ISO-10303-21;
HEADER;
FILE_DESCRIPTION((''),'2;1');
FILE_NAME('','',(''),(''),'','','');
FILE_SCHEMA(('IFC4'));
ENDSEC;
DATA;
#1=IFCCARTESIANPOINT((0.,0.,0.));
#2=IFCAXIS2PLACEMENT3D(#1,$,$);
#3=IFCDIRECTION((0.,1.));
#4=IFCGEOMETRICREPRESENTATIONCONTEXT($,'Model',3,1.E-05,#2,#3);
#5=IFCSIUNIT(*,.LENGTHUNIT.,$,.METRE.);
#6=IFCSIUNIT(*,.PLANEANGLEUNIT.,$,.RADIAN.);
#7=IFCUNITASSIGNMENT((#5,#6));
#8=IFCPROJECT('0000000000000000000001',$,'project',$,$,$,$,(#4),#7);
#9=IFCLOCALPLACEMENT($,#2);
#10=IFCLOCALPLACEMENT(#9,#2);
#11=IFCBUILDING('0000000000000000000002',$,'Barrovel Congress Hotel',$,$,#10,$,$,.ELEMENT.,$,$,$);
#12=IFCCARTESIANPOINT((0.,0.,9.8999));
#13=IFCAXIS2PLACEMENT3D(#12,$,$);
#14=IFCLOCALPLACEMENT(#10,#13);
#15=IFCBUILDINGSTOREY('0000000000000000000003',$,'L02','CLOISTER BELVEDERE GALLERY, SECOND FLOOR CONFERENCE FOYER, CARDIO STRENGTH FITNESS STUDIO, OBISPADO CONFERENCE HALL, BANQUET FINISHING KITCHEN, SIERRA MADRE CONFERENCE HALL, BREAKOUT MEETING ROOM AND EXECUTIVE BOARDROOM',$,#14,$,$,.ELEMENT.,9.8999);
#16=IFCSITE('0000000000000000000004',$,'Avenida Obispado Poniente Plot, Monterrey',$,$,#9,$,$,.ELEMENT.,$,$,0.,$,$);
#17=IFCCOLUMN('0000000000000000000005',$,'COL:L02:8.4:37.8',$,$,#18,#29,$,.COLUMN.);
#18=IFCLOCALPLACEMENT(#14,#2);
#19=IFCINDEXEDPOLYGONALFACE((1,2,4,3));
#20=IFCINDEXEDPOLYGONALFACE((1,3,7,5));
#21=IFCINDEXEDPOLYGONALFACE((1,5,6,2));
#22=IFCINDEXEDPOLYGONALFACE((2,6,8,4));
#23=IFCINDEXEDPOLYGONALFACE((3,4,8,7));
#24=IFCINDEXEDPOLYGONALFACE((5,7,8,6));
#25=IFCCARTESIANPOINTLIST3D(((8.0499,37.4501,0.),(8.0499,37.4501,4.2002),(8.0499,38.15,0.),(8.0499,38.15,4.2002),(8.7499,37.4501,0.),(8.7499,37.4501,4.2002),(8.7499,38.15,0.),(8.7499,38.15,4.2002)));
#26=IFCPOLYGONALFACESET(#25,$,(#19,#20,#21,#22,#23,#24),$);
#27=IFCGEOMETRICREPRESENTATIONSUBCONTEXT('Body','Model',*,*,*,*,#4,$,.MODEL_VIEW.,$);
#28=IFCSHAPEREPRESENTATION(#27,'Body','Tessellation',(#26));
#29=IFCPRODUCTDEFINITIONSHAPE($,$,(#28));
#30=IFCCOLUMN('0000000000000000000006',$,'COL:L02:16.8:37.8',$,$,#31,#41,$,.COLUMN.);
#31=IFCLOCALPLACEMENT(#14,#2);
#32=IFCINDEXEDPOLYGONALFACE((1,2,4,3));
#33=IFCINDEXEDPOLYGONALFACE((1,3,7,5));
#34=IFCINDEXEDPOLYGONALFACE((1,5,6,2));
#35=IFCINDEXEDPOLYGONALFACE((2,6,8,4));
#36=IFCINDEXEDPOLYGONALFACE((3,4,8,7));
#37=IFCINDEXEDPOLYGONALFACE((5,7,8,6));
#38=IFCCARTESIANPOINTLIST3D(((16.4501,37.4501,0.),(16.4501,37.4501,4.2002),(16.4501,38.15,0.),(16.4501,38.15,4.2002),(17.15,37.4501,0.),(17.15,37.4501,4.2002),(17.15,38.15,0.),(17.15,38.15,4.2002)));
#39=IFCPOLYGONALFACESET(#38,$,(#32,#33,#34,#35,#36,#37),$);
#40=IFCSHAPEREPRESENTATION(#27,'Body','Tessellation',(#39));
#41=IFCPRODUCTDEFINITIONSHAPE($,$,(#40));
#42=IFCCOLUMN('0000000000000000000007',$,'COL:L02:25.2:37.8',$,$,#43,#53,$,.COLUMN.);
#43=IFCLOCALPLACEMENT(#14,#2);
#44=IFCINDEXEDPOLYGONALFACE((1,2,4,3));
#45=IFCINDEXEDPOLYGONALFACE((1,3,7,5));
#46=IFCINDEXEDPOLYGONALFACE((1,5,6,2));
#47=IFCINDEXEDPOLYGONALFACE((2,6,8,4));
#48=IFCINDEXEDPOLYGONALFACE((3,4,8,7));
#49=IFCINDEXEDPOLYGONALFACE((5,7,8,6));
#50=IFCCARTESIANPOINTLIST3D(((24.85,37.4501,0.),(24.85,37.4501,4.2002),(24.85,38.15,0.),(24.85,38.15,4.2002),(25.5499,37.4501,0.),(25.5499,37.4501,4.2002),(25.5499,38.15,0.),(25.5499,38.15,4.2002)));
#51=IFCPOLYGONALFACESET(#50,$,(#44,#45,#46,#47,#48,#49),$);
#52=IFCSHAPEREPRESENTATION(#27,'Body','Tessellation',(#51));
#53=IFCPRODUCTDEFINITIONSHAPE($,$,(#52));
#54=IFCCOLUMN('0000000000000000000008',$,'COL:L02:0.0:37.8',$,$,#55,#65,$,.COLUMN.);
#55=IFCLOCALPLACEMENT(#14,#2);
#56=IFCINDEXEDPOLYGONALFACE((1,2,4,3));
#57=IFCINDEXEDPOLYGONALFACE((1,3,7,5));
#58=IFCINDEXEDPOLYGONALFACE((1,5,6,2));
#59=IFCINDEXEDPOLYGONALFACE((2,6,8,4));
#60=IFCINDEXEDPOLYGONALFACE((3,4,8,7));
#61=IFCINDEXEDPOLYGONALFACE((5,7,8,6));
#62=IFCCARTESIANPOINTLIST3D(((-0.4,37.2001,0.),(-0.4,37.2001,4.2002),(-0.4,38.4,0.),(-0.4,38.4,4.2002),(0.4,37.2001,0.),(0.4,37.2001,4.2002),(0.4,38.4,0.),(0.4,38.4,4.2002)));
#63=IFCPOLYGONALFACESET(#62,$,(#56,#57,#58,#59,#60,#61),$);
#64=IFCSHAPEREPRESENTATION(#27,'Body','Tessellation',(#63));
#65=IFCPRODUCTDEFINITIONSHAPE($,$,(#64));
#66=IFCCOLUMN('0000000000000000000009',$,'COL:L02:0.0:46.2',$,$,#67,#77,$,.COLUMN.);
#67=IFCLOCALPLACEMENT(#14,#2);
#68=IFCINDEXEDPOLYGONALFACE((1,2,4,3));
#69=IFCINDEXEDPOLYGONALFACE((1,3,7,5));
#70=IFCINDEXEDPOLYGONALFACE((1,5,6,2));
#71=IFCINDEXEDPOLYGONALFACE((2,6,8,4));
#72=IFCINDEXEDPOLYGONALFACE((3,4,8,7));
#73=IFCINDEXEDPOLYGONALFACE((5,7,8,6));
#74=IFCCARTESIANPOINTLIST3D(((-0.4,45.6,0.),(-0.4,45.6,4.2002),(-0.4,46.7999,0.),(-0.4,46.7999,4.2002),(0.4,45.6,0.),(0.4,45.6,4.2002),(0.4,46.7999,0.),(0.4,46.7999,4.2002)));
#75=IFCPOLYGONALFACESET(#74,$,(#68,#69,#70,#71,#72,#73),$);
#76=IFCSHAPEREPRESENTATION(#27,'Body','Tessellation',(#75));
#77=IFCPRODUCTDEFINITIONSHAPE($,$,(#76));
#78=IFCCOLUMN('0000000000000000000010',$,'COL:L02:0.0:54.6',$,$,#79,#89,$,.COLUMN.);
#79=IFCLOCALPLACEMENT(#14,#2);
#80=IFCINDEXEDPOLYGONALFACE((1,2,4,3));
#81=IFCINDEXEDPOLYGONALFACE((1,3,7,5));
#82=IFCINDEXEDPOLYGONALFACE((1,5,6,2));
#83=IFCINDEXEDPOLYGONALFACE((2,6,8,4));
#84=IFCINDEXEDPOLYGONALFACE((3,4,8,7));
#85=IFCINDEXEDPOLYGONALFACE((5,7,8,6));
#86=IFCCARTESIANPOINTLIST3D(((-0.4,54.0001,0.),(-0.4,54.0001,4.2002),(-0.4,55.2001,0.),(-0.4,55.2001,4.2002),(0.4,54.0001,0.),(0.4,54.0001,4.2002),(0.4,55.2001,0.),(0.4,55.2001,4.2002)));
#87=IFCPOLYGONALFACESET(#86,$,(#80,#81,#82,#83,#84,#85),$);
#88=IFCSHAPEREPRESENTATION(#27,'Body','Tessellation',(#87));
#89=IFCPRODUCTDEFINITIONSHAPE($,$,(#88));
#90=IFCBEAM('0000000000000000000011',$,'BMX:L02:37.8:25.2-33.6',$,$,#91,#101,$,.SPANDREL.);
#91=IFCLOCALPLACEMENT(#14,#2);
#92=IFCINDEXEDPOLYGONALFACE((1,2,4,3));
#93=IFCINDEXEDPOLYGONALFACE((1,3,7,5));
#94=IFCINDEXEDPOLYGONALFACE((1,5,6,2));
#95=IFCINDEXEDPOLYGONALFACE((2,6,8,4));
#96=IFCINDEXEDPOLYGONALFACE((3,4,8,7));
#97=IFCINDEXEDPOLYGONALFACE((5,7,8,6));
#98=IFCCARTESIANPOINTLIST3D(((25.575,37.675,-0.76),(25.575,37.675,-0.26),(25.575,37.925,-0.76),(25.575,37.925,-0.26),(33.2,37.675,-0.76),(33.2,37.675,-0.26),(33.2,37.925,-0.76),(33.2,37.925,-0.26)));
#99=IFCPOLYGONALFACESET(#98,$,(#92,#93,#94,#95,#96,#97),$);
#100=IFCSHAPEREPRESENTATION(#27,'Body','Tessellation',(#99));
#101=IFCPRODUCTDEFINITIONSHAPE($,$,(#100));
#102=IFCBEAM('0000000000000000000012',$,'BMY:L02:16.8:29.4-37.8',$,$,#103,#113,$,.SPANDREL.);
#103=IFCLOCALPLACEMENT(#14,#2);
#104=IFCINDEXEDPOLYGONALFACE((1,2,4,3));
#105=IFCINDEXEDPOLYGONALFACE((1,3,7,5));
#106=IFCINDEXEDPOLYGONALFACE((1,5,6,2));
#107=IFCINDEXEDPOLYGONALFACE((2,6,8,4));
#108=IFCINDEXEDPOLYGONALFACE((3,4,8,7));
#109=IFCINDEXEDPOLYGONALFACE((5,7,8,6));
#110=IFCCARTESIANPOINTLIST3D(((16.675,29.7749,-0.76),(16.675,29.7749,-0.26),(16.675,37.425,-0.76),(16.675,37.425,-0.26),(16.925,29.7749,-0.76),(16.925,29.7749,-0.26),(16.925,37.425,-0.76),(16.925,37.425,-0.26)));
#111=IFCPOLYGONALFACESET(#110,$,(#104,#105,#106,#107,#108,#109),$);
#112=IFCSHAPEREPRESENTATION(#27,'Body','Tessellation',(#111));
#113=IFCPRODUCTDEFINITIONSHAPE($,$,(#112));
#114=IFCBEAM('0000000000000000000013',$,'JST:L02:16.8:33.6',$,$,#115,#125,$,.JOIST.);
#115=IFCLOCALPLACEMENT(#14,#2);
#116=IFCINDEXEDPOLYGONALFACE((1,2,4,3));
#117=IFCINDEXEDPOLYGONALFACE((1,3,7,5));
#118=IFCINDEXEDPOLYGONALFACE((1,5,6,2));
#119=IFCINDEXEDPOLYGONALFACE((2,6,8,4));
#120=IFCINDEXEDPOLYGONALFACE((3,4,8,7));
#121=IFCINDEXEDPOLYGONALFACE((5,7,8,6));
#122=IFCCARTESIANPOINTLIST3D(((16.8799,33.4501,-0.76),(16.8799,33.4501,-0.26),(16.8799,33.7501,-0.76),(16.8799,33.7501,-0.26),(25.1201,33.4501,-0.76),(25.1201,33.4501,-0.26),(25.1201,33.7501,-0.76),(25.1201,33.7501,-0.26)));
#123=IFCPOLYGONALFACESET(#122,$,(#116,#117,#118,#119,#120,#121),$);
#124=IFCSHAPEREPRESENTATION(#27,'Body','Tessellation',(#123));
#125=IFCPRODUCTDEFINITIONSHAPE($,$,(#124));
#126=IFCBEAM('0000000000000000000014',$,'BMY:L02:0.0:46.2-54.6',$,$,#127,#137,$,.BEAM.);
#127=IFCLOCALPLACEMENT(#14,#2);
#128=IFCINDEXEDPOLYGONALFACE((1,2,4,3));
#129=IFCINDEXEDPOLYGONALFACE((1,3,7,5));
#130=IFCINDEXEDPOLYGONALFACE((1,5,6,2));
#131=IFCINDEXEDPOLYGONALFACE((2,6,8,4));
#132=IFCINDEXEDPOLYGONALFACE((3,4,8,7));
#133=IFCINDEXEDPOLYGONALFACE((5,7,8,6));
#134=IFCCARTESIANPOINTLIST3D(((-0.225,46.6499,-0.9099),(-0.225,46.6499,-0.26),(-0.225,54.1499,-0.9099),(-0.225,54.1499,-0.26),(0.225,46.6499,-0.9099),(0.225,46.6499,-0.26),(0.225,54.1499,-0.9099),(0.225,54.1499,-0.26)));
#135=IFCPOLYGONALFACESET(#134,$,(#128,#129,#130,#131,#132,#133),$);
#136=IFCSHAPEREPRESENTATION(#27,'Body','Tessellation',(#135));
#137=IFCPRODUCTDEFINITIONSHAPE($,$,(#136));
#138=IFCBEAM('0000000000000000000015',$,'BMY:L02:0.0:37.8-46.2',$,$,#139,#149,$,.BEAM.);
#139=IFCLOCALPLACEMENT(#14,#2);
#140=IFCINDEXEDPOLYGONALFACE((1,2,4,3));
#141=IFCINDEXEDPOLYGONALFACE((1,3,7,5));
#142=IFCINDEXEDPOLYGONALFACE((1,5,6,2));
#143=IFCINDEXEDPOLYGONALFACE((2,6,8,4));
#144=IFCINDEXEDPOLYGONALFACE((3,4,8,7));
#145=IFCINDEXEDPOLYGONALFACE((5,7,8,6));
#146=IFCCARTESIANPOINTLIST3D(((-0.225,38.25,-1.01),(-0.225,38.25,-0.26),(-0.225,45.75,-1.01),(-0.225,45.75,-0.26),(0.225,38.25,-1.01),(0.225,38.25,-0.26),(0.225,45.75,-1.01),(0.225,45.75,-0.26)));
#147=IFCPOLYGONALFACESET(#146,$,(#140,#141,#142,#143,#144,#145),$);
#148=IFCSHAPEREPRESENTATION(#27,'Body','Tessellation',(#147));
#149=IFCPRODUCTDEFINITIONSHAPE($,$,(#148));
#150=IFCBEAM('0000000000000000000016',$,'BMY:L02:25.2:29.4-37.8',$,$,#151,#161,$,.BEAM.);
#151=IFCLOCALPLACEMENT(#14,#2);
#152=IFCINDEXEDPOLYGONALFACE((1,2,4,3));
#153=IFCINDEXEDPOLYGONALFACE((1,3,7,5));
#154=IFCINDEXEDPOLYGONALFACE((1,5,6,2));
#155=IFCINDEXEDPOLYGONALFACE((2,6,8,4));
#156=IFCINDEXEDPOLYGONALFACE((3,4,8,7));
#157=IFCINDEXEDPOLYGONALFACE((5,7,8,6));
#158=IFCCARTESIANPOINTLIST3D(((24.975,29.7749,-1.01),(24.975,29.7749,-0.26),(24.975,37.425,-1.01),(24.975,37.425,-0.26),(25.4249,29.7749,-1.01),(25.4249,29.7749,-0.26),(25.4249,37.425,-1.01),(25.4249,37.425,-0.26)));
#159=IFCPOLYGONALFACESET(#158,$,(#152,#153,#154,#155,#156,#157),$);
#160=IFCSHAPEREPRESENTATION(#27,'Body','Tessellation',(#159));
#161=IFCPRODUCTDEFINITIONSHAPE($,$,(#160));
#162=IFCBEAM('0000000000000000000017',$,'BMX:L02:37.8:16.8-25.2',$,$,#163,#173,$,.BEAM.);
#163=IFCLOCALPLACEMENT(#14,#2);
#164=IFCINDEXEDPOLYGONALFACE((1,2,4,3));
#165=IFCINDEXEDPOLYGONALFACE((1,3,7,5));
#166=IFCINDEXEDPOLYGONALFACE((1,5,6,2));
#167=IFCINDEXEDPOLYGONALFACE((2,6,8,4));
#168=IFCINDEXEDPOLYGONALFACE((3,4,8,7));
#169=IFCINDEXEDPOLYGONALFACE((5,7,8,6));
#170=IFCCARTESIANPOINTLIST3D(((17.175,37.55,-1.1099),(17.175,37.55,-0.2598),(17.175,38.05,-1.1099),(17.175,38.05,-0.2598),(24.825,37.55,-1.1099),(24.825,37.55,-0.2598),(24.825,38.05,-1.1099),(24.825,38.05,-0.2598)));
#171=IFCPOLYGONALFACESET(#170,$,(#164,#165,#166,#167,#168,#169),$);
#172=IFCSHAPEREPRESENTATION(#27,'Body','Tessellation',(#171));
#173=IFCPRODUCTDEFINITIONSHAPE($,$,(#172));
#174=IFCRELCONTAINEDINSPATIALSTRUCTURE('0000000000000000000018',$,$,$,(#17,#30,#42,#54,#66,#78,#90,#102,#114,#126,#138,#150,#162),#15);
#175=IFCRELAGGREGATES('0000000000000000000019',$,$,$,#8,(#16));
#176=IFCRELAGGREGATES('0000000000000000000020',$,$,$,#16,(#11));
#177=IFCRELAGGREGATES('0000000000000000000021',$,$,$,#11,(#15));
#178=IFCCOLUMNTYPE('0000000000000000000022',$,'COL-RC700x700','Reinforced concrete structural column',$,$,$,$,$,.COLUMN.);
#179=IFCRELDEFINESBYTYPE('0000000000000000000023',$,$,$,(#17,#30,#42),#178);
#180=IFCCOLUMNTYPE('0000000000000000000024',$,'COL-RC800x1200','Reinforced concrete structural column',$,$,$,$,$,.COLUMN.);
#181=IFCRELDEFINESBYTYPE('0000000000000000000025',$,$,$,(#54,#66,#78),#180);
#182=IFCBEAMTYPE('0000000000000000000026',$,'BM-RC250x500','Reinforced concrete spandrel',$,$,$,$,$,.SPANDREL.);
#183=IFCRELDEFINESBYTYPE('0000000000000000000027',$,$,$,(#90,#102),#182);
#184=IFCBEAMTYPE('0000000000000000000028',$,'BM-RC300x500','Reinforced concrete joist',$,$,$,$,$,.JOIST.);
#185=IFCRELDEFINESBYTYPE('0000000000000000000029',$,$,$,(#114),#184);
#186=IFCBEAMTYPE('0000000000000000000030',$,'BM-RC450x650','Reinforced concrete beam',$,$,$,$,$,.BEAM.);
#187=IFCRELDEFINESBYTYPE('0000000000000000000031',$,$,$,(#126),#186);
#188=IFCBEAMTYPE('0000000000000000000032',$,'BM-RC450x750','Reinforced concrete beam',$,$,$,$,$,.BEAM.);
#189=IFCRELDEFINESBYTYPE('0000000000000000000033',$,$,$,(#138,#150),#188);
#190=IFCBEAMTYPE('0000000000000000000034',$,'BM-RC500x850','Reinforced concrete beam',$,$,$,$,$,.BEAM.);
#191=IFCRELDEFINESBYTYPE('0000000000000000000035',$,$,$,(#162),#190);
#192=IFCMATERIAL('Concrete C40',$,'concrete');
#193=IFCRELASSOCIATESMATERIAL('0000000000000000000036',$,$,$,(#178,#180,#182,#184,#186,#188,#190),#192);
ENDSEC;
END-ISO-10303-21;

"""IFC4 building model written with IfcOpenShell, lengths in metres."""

from ifc_helpers import new_model, si_unit, direction, frame, origin, origin_2d, place, context, subcontext, project, spatial, rectangle, extrude, material, material_profile, profile_set, type_object, element, save


model = new_model("IFC4")

# Units and contexts
model_context = context("Model", 3, precision=1e-05, world=origin(), true_north=direction((0.0, 1.0)))
body_context = subcontext(model_context, "Body", "Model", "MODEL_VIEW")
ifc_project = project(units=[si_unit("LENGTHUNIT", "METRE"), si_unit("PLANEANGLEUNIT", "RADIAN")], contexts=[model_context])

# Site, building, storey
site_placement = place(None, origin())
site = spatial("IfcSite", under=ifc_project, at=site_placement, Name="Avenida Obispado Poniente Plot, Monterrey", CompositionType="ELEMENT", RefElevation=0.0)
building_placement = place(site_placement, origin())
building = spatial("IfcBuilding", under=site, at=building_placement, Name="Barrovel Congress Hotel", CompositionType="ELEMENT")
storey_placement = place(building_placement, frame((0.0, 0.0, 9.8999)))
storey = spatial("IfcBuildingStorey", under=building, at=storey_placement, Name="L02", Description="CLOISTER BELVEDERE GALLERY, SECOND FLOOR CONFERENCE FOYER, CARDIO STRENGTH FITNESS STUDIO, OBISPADO CONFERENCE HALL, BANQUET FINISHING KITCHEN, SIERRA MADRE CONFERENCE HALL, BREAKOUT MEETING ROOM AND EXECUTIVE BOARDROOM", CompositionType="ELEMENT", Elevation=9.8999)

# Columns
ifc_material_1 = material(Name="Concrete C40", Category="concrete")
ifc_material_profile_1 = material_profile(ifc_material_1, rectangle(XDim=0.7, YDim=0.7, at=origin_2d()), Name="RC700x700")
ifc_profile_set_1 = profile_set([ifc_material_profile_1], Name="Concrete C40")
column_type_1 = type_object("IfcColumnType", Name="COL-RC700x700", Description="Reinforced concrete structural column", PredefinedType="COLUMN", material=ifc_profile_set_1)
for number, where, z_axis, x_axis, name in (
    (1, (8.3999, 37.8, 0.0), (0.0, 0.0, 1.0), (1.0, 0.0, 0.0), "COL:L02:8.4:37.8"),
    (2, (16.8, 37.8, 0.0), (0.0, 0.0, 1.0), (1.0, 0.0, 0.0), "COL:L02:16.8:37.8"),
    (3, (25.2, 37.8, 0.0), (0.0, 0.0, 1.0), (1.0, 0.0, 0.0), "COL:L02:25.2:37.8"),
):
    element("IfcColumn", number, at=place(storey_placement, frame(where, z_axis=z_axis, x_axis=x_axis)), inside=storey, type_object=column_type_1, Name=name, PredefinedType="COLUMN", context=body_context, shape_type="SweptSolid", body=[
        extrude(rectangle(XDim=0.7, YDim=0.7, at=origin_2d()), origin(), (0.0, 0.0, 1.0), 4.2002),
    ])
ifc_material_profile_2 = material_profile(ifc_material_1, rectangle(XDim=0.8, YDim=1.2, at=origin_2d()), Name="RC800x1200")
ifc_profile_set_2 = profile_set([ifc_material_profile_2], Name="Concrete C40")
column_type_2 = type_object("IfcColumnType", Name="COL-RC800x1200", Description="Reinforced concrete structural column", PredefinedType="COLUMN", material=ifc_profile_set_2)
for number, where, z_axis, x_axis, name in (
    (4, (0.0, 37.8, 0.0), (0.0, 0.0, 1.0), (1.0, 0.0, 0.0), "COL:L02:0.0:37.8"),
    (5, (0.0, 46.2, 0.0), (0.0, 0.0, 1.0), (1.0, 0.0, 0.0), "COL:L02:0.0:46.2"),
    (6, (0.0, 54.6001, 0.0), (0.0, 0.0, 1.0), (1.0, 0.0, 0.0), "COL:L02:0.0:54.6"),
):
    element("IfcColumn", number, at=place(storey_placement, frame(where, z_axis=z_axis, x_axis=x_axis)), inside=storey, type_object=column_type_2, Name=name, PredefinedType="COLUMN", context=body_context, shape_type="SweptSolid", body=[
        extrude(rectangle(XDim=0.8, YDim=1.2, at=origin_2d()), origin(), (0.0, 0.0, 1.0), 4.2002),
    ])

# Beams
ifc_material_profile_3 = material_profile(ifc_material_1, rectangle(XDim=0.25, YDim=0.5, at=origin_2d()), Name="RC250x500")
ifc_profile_set_3 = profile_set([ifc_material_profile_3], Name="Concrete C40")
beam_type_1 = type_object("IfcBeamType", Name="BM-RC250x500", Description="Reinforced concrete spandrel", PredefinedType="SPANDREL", material=ifc_profile_set_3)
beam_1_placement = place(storey_placement, frame((25.575, 37.8, -0.51), z_axis=(1.0, 0.0, 0.0), x_axis=(0.0, 1.0, 0.0)))
element("IfcBeam", 7, at=beam_1_placement, inside=storey, type_object=beam_type_1, Name="BMX:L02:37.8:25.2-33.6", PredefinedType="SPANDREL", context=body_context, shape_type="SweptSolid", body=[
    extrude(rectangle(XDim=0.25, YDim=0.5, at=origin_2d()), origin(), (0.0, 0.0, 1.0), 7.625),
])
beam_2_placement = place(storey_placement, frame((16.8, 29.7749, -0.51), z_axis=(0.0, 1.0, 0.0), x_axis=(-1.0, 0.0, 0.0)))
element("IfcBeam", 8, at=beam_2_placement, inside=storey, type_object=beam_type_1, Name="BMY:L02:16.8:29.4-37.8", PredefinedType="SPANDREL", context=body_context, shape_type="SweptSolid", body=[
    extrude(rectangle(XDim=0.25, YDim=0.5, at=origin_2d()), origin(), (0.0, 0.0, 1.0), 7.6501),
])
ifc_material_profile_4 = material_profile(ifc_material_1, rectangle(XDim=0.3, YDim=0.5, at=origin_2d()), Name="RC300x500")
ifc_profile_set_4 = profile_set([ifc_material_profile_4], Name="Concrete C40")
beam_type_2 = type_object("IfcBeamType", Name="BM-RC300x500", Description="Reinforced concrete joist", PredefinedType="JOIST", material=ifc_profile_set_4)
beam_3_placement = place(storey_placement, frame((16.8799, 33.6001, -0.51), z_axis=(1.0, 0.0, 0.0), x_axis=(0.0, 1.0, 0.0)))
element("IfcBeam", 9, at=beam_3_placement, inside=storey, type_object=beam_type_2, Name="JST:L02:16.8:33.6", PredefinedType="JOIST", context=body_context, shape_type="SweptSolid", body=[
    extrude(rectangle(XDim=0.3, YDim=0.5, at=origin_2d()), origin(), (0.0, 0.0, 1.0), 8.2402),
])
ifc_material_profile_5 = material_profile(ifc_material_1, rectangle(XDim=0.45, YDim=0.6499, at=origin_2d()), Name="RC450x650")
ifc_profile_set_5 = profile_set([ifc_material_profile_5], Name="Concrete C40")
beam_type_3 = type_object("IfcBeamType", Name="BM-RC450x650", Description="Reinforced concrete beam", PredefinedType="BEAM", material=ifc_profile_set_5)
beam_4_placement = place(storey_placement, frame((0.0, 46.6499, -0.585), z_axis=(0.0, 1.0, 0.0), x_axis=(-1.0, 0.0, 0.0)))
element("IfcBeam", 10, at=beam_4_placement, inside=storey, type_object=beam_type_3, Name="BMY:L02:0.0:46.2-54.6", PredefinedType="BEAM", context=body_context, shape_type="SweptSolid", body=[
    extrude(rectangle(XDim=0.45, YDim=0.6499, at=origin_2d()), origin(), (0.0, 0.0, 1.0), 7.5),
])
ifc_material_profile_6 = material_profile(ifc_material_1, rectangle(XDim=0.45, YDim=0.75, at=origin_2d()), Name="RC450x750")
ifc_profile_set_6 = profile_set([ifc_material_profile_6], Name="Concrete C40")
beam_type_4 = type_object("IfcBeamType", Name="BM-RC450x750", Description="Reinforced concrete beam", PredefinedType="BEAM", material=ifc_profile_set_6)
beam_5_placement = place(storey_placement, frame((0.0, 38.25, -0.635), z_axis=(0.0, 1.0, 0.0), x_axis=(-1.0, 0.0, 0.0)))
element("IfcBeam", 11, at=beam_5_placement, inside=storey, type_object=beam_type_4, Name="BMY:L02:0.0:37.8-46.2", PredefinedType="BEAM", context=body_context, shape_type="SweptSolid", body=[
    extrude(rectangle(XDim=0.45, YDim=0.75, at=origin_2d()), origin(), (0.0, 0.0, 1.0), 7.5),
])
beam_6_placement = place(storey_placement, frame((25.2, 29.7749, -0.635), z_axis=(0.0, 1.0, 0.0), x_axis=(-1.0, 0.0, 0.0)))
element("IfcBeam", 12, at=beam_6_placement, inside=storey, type_object=beam_type_4, Name="BMY:L02:25.2:29.4-37.8", PredefinedType="BEAM", context=body_context, shape_type="SweptSolid", body=[
    extrude(rectangle(XDim=0.45, YDim=0.75, at=origin_2d()), origin(), (0.0, 0.0, 1.0), 7.6501),
])
ifc_material_profile_7 = material_profile(ifc_material_1, rectangle(XDim=0.5, YDim=0.8501, at=origin_2d()), Name="RC500x850")
ifc_profile_set_7 = profile_set([ifc_material_profile_7], Name="Concrete C40")
beam_type_5 = type_object("IfcBeamType", Name="BM-RC500x850", Description="Reinforced concrete beam", PredefinedType="BEAM", material=ifc_profile_set_7)
beam_7_placement = place(storey_placement, frame((17.175, 37.8, -0.6848), z_axis=(1.0, 0.0, 0.0), x_axis=(0.0, 1.0, 0.0)))
element("IfcBeam", 13, at=beam_7_placement, inside=storey, type_object=beam_type_5, Name="BMX:L02:37.8:16.8-25.2", PredefinedType="BEAM", context=body_context, shape_type="SweptSolid", body=[
    extrude(rectangle(XDim=0.5, YDim=0.8501, at=origin_2d()), origin(), (0.0, 0.0, 1.0), 7.6499),
])

save(model, "model.ifc")
